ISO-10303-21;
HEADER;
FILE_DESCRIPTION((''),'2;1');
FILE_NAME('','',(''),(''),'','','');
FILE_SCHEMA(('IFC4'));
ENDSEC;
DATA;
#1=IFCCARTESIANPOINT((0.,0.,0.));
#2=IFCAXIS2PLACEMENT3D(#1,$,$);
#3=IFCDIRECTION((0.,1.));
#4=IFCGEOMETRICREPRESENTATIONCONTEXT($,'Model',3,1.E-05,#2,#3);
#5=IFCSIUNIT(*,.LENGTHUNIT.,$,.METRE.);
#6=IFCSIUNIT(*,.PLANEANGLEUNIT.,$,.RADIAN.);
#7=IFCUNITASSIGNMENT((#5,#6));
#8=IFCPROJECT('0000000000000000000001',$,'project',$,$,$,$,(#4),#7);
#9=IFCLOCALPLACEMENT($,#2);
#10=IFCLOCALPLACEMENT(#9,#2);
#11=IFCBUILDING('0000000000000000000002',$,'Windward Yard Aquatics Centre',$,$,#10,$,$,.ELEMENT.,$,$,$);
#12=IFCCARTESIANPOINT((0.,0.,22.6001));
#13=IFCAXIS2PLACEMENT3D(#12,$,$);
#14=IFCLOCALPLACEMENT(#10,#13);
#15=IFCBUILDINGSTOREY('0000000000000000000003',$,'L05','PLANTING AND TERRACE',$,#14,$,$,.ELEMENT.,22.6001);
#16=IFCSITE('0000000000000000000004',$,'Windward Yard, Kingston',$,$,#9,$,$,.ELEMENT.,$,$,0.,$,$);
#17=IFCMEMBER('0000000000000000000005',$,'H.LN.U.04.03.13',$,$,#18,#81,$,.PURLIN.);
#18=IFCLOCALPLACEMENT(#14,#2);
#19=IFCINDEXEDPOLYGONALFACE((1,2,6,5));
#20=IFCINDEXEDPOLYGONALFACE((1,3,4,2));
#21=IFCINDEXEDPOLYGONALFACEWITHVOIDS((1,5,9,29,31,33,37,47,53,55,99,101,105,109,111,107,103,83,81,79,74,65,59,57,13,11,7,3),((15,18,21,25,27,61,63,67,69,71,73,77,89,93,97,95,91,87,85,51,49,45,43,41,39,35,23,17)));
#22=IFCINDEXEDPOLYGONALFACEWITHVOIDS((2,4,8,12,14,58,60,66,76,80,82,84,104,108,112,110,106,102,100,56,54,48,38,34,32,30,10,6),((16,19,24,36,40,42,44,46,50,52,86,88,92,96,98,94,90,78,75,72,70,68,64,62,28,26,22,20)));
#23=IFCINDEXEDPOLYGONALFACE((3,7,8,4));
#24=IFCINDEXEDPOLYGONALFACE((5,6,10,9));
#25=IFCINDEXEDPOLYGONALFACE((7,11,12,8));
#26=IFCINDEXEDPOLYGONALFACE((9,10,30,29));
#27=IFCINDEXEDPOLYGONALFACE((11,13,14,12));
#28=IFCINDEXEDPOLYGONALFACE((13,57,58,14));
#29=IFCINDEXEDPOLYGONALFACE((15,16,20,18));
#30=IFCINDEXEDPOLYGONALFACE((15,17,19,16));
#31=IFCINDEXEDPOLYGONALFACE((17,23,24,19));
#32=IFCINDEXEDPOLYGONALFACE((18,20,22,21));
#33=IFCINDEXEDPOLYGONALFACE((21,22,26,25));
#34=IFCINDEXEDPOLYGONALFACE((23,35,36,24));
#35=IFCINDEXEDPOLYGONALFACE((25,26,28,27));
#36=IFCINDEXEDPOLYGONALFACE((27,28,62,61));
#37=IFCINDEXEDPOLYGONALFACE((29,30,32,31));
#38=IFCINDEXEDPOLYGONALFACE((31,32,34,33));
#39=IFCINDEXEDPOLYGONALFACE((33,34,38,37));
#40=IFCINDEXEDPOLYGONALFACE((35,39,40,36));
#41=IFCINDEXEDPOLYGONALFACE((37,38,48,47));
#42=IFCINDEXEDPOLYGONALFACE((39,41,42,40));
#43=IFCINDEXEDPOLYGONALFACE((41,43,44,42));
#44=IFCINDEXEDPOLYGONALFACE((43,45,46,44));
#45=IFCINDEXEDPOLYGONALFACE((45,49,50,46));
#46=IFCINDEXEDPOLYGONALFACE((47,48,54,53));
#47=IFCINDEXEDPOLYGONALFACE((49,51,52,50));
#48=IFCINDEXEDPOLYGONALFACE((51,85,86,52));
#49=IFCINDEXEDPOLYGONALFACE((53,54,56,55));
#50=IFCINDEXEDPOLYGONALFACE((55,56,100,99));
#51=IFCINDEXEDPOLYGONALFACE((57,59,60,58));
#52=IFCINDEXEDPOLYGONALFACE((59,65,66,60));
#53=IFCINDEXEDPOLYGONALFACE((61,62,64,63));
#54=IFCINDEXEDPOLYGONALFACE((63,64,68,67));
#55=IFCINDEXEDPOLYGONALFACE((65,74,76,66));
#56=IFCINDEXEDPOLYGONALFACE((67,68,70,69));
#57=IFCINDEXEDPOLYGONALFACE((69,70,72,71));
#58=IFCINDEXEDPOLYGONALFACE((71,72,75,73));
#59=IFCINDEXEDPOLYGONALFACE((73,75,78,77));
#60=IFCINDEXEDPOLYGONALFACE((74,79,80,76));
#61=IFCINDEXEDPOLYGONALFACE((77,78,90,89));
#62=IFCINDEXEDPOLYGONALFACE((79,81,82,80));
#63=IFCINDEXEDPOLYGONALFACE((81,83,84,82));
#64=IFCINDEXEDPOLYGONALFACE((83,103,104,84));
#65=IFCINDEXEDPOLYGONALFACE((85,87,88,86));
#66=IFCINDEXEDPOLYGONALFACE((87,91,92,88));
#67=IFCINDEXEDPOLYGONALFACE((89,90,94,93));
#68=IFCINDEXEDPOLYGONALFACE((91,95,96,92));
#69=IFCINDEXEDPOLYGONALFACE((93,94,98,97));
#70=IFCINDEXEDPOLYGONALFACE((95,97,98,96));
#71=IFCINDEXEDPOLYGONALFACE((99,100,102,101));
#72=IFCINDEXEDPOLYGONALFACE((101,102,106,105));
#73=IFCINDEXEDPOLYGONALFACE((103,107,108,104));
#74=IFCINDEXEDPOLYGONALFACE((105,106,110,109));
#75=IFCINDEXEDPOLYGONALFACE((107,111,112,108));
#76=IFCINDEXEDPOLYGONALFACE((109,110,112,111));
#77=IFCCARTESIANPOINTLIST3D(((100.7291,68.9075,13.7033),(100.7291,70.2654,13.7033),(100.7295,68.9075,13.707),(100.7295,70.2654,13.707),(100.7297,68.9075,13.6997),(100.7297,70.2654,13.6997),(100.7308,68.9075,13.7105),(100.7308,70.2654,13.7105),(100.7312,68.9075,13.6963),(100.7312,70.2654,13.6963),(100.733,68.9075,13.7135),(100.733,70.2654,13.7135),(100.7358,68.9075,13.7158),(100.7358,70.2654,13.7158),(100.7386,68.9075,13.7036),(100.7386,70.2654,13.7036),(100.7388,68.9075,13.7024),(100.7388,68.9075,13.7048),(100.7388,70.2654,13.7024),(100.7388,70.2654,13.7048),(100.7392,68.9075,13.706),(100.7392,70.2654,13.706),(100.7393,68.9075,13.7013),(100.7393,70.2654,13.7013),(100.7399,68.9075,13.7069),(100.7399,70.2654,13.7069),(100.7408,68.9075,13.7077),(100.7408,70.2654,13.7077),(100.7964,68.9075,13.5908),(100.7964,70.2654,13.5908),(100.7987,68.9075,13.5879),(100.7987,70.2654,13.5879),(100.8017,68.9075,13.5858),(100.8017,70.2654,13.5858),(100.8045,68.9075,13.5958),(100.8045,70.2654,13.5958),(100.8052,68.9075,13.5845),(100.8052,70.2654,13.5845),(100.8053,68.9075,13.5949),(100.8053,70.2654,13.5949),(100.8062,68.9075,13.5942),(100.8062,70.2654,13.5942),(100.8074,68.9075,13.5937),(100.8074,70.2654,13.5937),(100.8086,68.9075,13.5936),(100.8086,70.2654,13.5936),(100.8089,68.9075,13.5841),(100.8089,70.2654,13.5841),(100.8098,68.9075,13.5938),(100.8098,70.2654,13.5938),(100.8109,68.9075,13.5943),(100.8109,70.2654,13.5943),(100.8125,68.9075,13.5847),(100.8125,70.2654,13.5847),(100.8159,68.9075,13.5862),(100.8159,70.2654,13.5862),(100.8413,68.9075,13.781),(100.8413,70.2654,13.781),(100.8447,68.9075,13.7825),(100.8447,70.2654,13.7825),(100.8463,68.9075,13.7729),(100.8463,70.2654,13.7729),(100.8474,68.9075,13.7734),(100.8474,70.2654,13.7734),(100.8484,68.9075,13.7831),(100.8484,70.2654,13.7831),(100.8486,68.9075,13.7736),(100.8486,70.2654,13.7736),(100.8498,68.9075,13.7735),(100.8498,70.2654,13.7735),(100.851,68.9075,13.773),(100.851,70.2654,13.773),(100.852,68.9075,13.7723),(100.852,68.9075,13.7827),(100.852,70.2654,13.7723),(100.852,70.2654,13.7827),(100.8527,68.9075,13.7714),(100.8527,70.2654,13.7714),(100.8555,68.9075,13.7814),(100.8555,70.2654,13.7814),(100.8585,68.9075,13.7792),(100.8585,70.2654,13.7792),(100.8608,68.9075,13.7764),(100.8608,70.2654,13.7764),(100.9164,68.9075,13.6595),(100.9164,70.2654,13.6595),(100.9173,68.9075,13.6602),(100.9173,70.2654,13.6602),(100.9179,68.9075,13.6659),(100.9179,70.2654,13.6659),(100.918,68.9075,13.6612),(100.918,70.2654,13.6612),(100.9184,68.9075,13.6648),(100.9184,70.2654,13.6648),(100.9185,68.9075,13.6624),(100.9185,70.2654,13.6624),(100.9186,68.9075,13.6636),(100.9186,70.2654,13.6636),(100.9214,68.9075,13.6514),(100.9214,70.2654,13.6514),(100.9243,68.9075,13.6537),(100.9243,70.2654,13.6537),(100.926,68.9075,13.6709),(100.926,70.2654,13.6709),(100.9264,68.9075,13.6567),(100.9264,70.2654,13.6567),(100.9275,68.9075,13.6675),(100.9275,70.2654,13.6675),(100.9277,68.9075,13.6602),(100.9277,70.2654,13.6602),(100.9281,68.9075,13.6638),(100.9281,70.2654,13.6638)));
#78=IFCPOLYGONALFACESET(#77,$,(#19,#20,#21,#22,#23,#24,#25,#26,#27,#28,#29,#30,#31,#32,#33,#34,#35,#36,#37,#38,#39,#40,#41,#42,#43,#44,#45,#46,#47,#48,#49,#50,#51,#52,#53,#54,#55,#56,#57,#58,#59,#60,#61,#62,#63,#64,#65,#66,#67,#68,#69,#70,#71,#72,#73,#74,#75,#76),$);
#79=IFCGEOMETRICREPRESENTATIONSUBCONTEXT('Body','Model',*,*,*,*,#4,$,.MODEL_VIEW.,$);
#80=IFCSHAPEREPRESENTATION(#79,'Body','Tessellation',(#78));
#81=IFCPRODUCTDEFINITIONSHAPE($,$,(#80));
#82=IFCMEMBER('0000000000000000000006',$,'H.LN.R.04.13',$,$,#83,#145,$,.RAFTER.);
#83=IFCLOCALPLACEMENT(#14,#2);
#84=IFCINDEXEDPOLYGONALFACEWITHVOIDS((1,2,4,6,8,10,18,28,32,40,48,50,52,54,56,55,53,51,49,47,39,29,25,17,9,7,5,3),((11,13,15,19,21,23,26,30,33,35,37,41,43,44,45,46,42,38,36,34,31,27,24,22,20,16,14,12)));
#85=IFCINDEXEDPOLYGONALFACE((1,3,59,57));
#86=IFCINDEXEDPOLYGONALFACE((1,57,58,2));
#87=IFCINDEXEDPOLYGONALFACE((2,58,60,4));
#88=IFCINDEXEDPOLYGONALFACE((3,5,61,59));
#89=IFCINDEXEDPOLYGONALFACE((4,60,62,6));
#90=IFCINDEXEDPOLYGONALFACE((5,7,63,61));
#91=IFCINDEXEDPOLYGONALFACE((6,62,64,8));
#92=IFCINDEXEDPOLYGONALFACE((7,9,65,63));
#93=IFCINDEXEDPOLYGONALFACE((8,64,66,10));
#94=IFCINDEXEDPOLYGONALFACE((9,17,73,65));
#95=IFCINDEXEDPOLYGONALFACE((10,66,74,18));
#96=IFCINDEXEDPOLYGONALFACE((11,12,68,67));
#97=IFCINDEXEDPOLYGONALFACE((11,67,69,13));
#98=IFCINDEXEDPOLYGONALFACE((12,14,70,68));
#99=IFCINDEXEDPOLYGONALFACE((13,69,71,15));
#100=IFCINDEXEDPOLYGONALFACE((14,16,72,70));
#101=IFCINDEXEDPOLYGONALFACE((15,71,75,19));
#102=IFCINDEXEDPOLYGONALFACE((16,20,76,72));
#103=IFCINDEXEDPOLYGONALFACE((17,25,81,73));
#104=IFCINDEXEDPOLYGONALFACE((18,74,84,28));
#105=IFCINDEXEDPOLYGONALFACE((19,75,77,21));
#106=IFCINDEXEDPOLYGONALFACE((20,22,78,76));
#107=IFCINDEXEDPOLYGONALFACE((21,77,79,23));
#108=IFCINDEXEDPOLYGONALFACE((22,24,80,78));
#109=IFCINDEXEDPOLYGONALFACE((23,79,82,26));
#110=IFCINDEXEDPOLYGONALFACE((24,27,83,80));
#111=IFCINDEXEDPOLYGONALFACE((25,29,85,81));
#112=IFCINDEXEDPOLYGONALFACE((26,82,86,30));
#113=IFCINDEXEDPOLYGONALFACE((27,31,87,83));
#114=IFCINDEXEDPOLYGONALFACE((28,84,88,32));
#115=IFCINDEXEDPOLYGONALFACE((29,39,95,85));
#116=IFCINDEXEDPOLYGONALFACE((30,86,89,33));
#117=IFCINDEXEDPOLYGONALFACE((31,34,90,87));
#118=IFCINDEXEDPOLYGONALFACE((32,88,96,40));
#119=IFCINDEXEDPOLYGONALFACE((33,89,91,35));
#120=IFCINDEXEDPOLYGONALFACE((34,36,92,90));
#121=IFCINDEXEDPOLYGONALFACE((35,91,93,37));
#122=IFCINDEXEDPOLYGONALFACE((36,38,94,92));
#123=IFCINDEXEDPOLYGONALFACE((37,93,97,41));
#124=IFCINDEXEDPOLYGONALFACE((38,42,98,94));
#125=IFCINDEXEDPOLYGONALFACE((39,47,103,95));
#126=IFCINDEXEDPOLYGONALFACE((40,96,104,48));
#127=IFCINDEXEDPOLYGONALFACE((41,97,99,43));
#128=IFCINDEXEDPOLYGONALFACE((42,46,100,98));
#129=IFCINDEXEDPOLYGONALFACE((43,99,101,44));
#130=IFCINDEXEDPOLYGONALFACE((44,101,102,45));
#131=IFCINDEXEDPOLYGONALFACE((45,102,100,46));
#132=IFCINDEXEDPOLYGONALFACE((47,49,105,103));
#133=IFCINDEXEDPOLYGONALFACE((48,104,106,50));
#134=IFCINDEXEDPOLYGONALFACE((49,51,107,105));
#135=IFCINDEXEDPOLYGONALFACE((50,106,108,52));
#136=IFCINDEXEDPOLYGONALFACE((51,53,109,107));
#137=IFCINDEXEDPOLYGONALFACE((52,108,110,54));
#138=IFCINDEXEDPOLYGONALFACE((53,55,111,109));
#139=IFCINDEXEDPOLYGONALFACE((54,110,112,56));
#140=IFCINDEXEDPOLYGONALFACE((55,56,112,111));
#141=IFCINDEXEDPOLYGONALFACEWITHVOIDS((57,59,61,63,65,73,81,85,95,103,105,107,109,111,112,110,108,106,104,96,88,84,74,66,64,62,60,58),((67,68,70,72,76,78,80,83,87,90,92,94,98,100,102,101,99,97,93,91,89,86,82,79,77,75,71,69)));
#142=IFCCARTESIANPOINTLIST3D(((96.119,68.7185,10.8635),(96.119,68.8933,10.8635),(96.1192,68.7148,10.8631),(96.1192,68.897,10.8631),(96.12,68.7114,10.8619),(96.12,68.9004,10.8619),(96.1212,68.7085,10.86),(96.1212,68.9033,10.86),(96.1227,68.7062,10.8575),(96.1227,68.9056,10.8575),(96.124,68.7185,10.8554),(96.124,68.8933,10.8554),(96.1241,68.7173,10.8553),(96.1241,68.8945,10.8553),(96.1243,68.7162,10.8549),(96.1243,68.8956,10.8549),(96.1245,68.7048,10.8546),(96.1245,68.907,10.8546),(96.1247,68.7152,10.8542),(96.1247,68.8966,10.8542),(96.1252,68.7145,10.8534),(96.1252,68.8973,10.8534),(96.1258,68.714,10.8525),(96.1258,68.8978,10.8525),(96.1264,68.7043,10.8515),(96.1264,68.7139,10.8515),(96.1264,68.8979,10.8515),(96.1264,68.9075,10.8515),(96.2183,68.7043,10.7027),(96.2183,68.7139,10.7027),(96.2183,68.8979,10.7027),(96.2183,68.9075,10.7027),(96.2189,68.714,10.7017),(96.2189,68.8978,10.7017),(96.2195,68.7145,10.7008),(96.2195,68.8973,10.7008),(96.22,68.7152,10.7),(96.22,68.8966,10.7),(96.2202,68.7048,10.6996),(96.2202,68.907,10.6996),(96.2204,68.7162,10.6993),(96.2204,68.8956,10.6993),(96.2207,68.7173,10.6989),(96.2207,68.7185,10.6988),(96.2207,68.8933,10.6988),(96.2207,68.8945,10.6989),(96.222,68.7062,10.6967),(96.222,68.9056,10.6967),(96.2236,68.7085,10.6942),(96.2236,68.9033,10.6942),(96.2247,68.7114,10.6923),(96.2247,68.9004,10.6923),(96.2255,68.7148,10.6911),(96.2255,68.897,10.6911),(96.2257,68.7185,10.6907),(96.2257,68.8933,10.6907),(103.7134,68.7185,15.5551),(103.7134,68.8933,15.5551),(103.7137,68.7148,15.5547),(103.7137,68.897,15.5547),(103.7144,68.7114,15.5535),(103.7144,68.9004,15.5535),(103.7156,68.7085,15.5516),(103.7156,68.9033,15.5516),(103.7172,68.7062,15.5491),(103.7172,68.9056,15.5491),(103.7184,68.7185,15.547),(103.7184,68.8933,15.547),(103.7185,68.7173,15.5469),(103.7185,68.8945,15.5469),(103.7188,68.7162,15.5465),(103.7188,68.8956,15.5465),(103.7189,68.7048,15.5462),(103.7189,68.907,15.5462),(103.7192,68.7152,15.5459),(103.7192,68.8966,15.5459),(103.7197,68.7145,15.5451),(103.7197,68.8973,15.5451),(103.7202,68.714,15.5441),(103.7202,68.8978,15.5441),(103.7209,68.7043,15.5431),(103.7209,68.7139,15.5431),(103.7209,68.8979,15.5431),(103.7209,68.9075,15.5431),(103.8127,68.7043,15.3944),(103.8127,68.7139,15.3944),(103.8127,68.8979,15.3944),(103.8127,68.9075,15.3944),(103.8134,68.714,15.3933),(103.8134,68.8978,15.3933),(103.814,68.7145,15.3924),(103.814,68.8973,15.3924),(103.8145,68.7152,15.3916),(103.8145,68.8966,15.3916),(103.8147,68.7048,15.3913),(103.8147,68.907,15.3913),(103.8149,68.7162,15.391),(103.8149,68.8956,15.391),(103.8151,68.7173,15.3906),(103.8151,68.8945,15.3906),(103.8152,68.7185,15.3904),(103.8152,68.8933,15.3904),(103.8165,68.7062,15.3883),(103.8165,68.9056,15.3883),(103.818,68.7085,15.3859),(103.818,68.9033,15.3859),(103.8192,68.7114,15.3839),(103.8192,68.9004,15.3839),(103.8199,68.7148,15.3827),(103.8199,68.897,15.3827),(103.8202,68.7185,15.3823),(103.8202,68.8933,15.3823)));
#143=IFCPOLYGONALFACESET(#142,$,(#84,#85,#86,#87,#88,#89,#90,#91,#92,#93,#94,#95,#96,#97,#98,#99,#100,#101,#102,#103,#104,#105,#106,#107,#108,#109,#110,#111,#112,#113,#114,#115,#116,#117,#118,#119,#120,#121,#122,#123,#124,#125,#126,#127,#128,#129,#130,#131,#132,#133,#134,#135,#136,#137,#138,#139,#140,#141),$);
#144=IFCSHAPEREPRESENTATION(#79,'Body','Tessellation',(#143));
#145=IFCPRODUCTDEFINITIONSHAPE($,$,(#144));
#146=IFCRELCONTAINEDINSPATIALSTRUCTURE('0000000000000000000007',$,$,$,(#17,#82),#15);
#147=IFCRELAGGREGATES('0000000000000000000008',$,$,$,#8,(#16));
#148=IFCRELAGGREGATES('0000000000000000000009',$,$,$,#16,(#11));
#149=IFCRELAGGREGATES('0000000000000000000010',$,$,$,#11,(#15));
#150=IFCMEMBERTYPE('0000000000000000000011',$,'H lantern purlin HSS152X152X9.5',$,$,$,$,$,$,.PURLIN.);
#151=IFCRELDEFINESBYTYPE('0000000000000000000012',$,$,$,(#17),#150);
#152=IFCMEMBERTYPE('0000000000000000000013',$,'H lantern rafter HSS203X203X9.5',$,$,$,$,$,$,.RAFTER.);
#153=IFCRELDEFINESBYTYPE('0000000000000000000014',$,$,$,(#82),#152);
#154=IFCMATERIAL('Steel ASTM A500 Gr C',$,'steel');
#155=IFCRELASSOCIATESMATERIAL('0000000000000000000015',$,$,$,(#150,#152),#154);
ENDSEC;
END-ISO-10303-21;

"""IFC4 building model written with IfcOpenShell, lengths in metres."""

from ifc_helpers import new_model, si_unit, direction, frame, origin, origin_2d, place, context, subcontext, project, spatial, hollow_rectangle, extrude, material, material_profile, profile_set, type_object, element, save


model = new_model("IFC4")

# Units and contexts
model_context = context("Model", 3, precision=1e-05, world=origin(), true_north=direction((0.0, 1.0)))
body_context = subcontext(model_context, "Body", "Model", "MODEL_VIEW")
ifc_project = project(units=[si_unit("LENGTHUNIT", "METRE"), si_unit("PLANEANGLEUNIT", "RADIAN")], contexts=[model_context])

# Site, building, storey
site_placement = place(None, origin())
site = spatial("IfcSite", under=ifc_project, at=site_placement, Name="Windward Yard, Kingston", CompositionType="ELEMENT", RefElevation=0.0)
building_placement = place(site_placement, origin())
building = spatial("IfcBuilding", under=site, at=building_placement, Name="Windward Yard Aquatics Centre", CompositionType="ELEMENT")
storey_placement = place(building_placement, frame((0.0, 0.0, 22.6001)))
storey = spatial("IfcBuildingStorey", under=building, at=storey_placement, Name="L05", Description="PLANTING AND TERRACE", CompositionType="ELEMENT", Elevation=22.6001)

# Members
ifc_material_1 = material(Name="Steel ASTM A500 Gr C", Category="steel")
ifc_material_profile_1 = material_profile(ifc_material_1, hollow_rectangle(XDim=0.1523, YDim=0.1523, WallThickness=0.0095, InnerFilletRadius=0.0046, OuterFilletRadius=0.0142, at=origin_2d()), Name="HSS152X152X9.5")
ifc_profile_set_1 = profile_set([ifc_material_profile_1], Name="Steel ASTM A500 Gr C")
member_type_1 = type_object("IfcMemberType", Name="H lantern purlin HSS152X152X9.5", PredefinedType="PURLIN", material=ifc_profile_set_1)
member_1_placement = place(storey_placement, frame((100.8286, 68.9075, 13.6836), z_axis=(0.0, 1.0, 0.0), x_axis=(-0.850755, 0.0, -0.525562)))
element("IfcMember", 1, at=member_1_placement, inside=storey, type_object=member_type_1, Name="H.LN.U.04.03.13", PredefinedType="PURLIN", context=body_context, shape_type="SweptSolid", body=[
    extrude(hollow_rectangle(XDim=0.1523, YDim=0.1523, WallThickness=0.0095, InnerFilletRadius=0.0046, OuterFilletRadius=0.0142, at=origin_2d()), origin(), (0.0, 0.0, 1.0), 1.3579),
])
ifc_material_profile_2 = material_profile(ifc_material_1, hollow_rectangle(XDim=0.2031, YDim=0.2031, WallThickness=0.0095, InnerFilletRadius=0.0046, OuterFilletRadius=0.0142, at=origin_2d()), Name="HSS203X203X9.5")
ifc_profile_set_2 = profile_set([ifc_material_profile_2], Name="Steel ASTM A500 Gr C")
member_type_2 = type_object("IfcMemberType", Name="H lantern rafter HSS203X203X9.5", PredefinedType="RAFTER", material=ifc_profile_set_2)
member_2_placement = place(storey_placement, frame((96.1724, 68.8059, 10.7771), z_axis=(0.850751, 0.0, 0.525569), x_axis=(0.0, 1.0, 0.0)))
element("IfcMember", 2, at=member_2_placement, inside=storey, type_object=member_type_2, Name="H.LN.R.04.13", PredefinedType="RAFTER", context=body_context, shape_type="SweptSolid", body=[
    extrude(hollow_rectangle(XDim=0.2031, YDim=0.2031, WallThickness=0.0095, InnerFilletRadius=0.0046, OuterFilletRadius=0.0142, at=origin_2d()), origin(), (0.0, 0.0, 1.0), 8.9268),
])

save(model, "model.ifc")
